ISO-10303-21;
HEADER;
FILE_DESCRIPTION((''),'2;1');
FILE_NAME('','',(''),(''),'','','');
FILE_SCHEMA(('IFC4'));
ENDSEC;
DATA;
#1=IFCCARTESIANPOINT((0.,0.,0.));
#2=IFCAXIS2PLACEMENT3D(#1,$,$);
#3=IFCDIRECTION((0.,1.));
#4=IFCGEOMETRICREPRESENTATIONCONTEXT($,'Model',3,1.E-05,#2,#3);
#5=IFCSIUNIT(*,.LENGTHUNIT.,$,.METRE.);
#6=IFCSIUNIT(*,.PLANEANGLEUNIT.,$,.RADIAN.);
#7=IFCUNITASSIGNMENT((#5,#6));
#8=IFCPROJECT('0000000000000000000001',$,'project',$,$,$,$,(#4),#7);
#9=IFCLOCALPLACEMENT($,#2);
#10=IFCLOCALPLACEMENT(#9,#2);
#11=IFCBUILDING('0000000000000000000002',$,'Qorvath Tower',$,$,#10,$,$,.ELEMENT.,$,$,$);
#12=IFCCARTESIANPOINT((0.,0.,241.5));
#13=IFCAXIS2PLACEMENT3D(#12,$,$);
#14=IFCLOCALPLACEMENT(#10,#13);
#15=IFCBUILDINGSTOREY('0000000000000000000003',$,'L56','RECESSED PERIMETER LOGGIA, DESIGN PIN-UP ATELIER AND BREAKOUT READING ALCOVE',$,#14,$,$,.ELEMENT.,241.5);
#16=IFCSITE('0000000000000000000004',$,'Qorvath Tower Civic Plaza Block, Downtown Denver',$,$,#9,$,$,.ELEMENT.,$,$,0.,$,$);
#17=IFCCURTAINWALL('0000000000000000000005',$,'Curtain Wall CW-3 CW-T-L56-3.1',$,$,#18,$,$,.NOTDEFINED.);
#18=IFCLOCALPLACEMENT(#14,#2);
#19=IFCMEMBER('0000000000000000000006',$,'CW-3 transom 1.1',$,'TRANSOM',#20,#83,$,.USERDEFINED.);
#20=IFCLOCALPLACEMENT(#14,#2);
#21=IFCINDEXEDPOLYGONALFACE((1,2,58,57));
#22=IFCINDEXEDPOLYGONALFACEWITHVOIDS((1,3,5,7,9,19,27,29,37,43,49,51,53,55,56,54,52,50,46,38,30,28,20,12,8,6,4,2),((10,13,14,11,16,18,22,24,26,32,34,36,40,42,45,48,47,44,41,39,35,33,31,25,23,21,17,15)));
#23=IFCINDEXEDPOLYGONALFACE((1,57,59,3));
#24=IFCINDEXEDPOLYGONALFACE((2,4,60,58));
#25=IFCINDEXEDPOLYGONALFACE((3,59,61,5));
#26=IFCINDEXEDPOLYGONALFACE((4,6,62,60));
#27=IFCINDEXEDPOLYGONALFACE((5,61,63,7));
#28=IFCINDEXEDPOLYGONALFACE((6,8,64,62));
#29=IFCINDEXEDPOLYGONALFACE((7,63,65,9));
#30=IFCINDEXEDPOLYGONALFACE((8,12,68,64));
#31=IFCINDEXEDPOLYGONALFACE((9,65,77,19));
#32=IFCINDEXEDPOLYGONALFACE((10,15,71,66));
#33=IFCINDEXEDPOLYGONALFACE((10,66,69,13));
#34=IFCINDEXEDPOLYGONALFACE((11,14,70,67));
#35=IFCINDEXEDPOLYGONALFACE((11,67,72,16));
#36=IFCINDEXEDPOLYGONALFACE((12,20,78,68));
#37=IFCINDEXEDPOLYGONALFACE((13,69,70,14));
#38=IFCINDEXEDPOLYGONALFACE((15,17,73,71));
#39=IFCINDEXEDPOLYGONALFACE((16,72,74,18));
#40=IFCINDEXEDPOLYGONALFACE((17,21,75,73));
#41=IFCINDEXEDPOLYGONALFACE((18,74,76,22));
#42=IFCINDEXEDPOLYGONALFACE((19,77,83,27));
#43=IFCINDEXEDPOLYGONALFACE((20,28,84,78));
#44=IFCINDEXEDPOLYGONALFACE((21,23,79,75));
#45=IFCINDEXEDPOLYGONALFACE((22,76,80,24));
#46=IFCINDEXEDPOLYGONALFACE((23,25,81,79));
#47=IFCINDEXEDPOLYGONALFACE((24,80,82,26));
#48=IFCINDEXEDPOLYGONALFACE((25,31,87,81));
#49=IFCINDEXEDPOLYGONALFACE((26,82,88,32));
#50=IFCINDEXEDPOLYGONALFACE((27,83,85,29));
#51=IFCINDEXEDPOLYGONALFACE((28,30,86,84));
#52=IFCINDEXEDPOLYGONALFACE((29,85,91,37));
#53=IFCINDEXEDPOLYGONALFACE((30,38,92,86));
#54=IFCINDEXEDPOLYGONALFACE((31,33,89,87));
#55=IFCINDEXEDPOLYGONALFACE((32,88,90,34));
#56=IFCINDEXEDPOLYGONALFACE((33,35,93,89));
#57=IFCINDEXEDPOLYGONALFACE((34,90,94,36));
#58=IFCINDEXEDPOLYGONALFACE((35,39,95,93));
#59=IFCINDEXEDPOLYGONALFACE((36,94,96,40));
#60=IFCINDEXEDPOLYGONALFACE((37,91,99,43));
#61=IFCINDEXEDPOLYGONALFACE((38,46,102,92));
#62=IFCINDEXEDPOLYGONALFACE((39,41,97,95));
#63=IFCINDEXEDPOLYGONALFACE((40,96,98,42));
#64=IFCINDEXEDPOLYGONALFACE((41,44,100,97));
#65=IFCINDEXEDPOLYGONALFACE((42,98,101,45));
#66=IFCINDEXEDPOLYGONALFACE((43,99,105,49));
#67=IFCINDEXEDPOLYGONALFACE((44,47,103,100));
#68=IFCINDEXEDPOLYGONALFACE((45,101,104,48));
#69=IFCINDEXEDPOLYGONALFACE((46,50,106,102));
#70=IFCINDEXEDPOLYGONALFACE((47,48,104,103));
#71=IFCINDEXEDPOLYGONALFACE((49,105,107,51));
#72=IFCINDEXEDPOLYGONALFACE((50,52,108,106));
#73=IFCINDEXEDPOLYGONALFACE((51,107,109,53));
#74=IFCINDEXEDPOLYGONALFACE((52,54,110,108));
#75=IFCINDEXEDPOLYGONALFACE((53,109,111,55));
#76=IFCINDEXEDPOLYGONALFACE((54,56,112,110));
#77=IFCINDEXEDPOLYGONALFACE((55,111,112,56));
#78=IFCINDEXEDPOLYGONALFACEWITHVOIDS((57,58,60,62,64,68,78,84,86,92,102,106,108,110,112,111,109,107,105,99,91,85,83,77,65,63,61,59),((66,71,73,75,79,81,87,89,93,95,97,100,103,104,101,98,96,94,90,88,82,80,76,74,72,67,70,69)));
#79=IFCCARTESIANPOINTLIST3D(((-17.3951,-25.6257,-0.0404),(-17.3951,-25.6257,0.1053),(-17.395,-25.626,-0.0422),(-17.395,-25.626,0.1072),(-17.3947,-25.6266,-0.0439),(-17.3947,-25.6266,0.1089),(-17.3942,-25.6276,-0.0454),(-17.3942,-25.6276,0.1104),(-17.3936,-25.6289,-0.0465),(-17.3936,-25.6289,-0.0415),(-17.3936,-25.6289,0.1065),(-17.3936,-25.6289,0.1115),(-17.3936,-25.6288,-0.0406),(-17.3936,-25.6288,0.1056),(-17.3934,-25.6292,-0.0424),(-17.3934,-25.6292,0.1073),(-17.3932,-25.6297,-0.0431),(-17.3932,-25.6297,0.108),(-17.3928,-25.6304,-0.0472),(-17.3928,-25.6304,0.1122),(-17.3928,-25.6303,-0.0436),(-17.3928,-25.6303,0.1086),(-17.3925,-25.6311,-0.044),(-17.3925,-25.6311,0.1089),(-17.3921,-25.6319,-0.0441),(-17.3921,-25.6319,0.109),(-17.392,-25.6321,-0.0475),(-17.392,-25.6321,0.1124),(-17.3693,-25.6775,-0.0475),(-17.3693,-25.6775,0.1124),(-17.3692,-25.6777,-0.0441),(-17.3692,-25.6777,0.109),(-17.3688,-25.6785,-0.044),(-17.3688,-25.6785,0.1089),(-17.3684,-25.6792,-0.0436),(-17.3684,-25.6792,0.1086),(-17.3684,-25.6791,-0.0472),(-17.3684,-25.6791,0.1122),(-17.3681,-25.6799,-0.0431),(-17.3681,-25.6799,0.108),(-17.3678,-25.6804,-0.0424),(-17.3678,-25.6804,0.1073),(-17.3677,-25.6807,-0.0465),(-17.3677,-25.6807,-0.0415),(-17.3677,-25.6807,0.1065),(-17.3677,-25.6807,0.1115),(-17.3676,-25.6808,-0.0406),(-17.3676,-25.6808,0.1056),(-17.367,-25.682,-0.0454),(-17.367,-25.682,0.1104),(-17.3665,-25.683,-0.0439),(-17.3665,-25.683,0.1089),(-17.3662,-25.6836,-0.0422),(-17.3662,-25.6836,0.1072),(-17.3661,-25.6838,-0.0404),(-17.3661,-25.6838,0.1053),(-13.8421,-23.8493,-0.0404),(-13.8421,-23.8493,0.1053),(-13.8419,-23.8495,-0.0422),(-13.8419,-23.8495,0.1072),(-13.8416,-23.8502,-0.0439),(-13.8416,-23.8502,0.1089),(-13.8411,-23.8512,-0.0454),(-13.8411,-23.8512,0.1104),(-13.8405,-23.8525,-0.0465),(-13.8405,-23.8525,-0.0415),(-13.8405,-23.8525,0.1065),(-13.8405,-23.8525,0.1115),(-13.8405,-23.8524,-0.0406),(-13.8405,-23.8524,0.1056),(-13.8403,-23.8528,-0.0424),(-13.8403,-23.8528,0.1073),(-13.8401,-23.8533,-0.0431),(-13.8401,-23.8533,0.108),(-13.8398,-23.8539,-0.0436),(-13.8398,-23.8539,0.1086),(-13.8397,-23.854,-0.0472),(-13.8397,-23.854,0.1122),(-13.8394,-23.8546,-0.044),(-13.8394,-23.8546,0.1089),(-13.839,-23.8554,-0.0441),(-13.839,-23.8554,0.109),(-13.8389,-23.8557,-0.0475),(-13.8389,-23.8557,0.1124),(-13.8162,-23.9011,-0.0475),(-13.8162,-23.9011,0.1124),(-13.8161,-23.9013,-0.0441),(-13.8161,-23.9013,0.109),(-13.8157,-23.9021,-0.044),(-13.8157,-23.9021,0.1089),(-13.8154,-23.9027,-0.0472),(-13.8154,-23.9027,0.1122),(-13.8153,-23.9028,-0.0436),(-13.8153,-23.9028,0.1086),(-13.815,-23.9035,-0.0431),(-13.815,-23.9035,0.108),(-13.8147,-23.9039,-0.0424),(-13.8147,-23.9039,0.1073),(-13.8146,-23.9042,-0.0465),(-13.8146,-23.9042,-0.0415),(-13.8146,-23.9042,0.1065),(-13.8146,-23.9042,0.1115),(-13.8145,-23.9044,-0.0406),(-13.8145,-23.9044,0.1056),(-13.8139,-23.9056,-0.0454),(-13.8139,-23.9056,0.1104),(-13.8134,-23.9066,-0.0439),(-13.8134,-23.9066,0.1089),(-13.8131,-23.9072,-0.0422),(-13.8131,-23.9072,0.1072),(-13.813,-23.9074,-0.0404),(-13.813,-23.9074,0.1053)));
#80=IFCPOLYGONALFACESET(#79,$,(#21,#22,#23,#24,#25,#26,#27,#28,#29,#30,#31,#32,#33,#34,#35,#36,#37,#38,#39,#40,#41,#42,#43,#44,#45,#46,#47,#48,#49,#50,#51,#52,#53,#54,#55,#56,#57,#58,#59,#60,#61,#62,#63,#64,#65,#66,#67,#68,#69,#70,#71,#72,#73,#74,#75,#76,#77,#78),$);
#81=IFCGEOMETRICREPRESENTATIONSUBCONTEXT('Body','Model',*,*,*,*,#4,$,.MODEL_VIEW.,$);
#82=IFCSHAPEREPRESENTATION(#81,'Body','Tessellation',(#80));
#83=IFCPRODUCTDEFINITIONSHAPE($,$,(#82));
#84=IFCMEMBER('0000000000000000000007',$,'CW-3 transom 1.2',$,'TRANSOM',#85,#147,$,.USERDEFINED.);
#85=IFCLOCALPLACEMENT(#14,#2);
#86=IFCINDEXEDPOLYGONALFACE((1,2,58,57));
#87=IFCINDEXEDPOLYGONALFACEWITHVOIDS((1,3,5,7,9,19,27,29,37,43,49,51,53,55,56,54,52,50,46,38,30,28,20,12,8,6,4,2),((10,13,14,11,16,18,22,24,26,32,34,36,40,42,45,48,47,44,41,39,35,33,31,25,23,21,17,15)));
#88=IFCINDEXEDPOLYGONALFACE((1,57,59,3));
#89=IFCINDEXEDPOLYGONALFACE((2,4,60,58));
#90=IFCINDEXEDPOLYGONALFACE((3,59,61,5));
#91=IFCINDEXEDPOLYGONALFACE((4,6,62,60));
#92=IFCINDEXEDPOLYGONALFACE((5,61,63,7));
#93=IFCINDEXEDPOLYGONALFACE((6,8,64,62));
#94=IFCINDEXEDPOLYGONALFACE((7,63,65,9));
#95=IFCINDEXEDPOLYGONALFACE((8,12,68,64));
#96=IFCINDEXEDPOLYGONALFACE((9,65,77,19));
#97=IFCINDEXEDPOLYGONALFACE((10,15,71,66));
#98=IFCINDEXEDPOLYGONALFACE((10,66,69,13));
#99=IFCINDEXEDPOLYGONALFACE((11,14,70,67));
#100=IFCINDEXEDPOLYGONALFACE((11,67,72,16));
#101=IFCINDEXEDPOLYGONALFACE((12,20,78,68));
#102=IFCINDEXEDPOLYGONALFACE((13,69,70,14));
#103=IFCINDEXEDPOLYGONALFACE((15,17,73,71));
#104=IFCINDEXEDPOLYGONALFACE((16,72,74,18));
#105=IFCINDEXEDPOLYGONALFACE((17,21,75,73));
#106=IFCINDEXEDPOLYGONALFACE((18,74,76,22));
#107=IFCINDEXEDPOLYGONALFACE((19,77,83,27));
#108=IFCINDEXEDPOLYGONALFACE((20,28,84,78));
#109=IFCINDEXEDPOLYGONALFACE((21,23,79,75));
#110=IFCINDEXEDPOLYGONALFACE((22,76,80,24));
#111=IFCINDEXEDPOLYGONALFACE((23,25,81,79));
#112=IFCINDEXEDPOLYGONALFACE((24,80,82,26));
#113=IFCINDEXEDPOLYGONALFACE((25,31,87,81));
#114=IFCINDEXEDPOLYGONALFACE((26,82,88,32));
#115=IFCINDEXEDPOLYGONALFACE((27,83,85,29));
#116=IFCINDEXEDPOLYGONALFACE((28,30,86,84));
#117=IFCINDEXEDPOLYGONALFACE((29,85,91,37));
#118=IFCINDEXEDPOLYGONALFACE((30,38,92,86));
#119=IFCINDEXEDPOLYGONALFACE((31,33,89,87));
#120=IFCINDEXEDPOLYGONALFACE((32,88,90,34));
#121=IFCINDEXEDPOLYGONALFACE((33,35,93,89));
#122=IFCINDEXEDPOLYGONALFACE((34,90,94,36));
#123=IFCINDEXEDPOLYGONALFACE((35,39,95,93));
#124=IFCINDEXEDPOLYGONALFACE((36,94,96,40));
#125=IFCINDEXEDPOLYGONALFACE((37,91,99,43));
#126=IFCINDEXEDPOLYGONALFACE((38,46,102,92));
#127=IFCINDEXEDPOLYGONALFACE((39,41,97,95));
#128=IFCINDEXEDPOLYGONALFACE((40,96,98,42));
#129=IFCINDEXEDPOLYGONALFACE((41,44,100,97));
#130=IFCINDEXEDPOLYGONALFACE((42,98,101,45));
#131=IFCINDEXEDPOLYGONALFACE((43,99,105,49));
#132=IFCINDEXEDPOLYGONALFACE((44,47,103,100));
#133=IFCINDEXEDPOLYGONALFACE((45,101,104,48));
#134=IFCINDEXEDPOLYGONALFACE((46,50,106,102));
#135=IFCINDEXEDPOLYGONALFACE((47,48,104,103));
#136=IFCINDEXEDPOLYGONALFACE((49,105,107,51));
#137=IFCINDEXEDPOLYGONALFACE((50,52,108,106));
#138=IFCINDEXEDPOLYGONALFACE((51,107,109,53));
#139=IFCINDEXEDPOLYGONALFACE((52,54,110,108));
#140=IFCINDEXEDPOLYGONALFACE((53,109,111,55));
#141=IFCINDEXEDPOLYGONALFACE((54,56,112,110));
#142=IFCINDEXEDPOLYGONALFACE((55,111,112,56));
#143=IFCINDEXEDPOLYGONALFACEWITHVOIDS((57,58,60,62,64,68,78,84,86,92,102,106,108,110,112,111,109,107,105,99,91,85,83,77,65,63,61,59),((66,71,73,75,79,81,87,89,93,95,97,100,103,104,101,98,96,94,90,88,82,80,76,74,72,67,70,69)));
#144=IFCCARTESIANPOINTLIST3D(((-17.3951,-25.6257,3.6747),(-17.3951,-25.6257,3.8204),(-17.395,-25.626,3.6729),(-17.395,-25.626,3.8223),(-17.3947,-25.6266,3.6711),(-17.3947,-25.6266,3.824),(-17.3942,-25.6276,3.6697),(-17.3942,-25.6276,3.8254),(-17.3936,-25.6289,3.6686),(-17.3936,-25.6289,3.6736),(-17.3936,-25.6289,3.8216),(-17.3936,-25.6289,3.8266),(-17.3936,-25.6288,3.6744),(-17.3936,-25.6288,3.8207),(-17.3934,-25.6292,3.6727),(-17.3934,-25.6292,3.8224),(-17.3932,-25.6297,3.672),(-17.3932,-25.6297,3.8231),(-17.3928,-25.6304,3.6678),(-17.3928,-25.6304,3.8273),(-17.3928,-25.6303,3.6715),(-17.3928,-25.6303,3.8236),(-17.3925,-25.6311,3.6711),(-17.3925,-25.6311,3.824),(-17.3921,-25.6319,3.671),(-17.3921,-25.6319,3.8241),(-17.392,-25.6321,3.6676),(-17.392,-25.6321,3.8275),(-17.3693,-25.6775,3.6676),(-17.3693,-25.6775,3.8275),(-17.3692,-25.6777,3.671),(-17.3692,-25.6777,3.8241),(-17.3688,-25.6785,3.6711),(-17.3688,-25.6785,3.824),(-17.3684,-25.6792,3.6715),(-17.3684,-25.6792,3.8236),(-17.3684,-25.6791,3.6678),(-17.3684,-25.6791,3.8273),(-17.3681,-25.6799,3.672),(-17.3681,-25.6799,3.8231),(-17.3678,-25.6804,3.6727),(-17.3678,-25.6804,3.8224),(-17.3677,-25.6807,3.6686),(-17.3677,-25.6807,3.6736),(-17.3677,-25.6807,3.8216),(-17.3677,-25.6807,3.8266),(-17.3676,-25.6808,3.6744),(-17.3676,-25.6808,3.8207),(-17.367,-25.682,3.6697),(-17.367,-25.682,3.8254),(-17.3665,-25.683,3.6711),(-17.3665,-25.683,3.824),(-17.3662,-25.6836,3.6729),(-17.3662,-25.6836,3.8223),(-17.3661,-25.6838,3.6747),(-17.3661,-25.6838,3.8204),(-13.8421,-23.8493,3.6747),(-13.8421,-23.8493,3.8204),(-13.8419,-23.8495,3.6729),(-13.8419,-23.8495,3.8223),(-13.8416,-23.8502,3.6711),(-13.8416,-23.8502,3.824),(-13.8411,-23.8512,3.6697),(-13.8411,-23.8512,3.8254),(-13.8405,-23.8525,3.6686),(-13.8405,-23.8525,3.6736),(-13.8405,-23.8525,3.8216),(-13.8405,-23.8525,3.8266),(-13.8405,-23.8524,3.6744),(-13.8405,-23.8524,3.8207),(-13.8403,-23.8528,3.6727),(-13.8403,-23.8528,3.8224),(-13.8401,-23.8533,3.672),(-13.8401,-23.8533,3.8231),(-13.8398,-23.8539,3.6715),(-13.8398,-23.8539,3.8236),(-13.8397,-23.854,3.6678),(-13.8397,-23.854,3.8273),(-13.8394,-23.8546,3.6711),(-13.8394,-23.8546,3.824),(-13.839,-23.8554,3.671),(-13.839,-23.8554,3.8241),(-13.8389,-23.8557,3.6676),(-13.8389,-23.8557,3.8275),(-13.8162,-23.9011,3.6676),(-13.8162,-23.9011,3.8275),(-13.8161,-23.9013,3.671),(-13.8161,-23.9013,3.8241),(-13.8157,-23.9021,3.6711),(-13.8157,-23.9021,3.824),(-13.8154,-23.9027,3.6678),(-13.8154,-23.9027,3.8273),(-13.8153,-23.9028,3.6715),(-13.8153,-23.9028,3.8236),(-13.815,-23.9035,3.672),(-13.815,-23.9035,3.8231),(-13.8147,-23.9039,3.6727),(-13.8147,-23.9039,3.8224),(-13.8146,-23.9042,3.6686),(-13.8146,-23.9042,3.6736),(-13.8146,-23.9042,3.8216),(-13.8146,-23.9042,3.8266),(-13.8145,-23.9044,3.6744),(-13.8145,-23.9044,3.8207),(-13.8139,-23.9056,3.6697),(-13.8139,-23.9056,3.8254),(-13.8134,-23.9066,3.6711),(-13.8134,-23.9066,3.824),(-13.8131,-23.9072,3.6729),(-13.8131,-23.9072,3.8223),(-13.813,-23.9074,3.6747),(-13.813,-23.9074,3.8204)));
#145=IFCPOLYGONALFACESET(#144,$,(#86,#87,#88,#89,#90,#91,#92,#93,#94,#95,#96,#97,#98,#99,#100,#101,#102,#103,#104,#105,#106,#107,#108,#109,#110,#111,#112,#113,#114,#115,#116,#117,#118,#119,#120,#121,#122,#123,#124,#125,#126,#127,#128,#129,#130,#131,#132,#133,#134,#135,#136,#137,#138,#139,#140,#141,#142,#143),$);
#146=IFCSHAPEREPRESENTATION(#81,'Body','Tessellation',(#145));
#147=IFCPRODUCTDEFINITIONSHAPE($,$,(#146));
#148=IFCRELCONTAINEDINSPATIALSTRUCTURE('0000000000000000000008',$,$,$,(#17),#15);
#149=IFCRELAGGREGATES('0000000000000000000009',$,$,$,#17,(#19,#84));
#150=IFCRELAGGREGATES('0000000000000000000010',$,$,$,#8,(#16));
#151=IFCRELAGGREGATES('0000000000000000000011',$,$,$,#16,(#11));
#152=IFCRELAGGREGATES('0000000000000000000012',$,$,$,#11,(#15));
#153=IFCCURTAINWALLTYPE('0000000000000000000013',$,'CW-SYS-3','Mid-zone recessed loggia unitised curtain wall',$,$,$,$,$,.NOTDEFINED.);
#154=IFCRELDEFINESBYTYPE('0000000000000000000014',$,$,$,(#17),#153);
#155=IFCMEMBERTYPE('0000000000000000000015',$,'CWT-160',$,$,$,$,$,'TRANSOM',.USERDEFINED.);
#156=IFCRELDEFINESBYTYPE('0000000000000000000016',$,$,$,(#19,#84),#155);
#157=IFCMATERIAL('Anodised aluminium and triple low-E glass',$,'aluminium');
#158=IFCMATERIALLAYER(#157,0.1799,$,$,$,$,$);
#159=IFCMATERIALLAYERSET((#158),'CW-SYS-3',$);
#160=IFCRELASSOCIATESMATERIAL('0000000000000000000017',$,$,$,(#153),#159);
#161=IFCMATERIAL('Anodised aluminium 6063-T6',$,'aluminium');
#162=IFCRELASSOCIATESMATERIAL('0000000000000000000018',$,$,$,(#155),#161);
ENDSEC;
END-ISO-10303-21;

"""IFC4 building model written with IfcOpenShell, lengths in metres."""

from ifc_helpers import new_model, si_unit, direction, frame, origin, origin_2d, place, context, subcontext, project, spatial, hollow_rectangle, extrude, material, layer, layer_set, material_profile, profile_set, type_object, element, aggregate, save


model = new_model("IFC4")

# Units and contexts
model_context = context("Model", 3, precision=1e-05, world=origin(), true_north=direction((0.0, 1.0)))
body_context = subcontext(model_context, "Body", "Model", "MODEL_VIEW")
ifc_project = project(units=[si_unit("LENGTHUNIT", "METRE"), si_unit("PLANEANGLEUNIT", "RADIAN")], contexts=[model_context])

# Site, building, storey
site_placement = place(None, origin())
site = spatial("IfcSite", under=ifc_project, at=site_placement, Name="Qorvath Tower Civic Plaza Block, Downtown Denver", CompositionType="ELEMENT", RefElevation=0.0)
building_placement = place(site_placement, origin())
building = spatial("IfcBuilding", under=site, at=building_placement, Name="Qorvath Tower", CompositionType="ELEMENT")
storey_placement = place(building_placement, frame((0.0, 0.0, 241.5)))
storey = spatial("IfcBuildingStorey", under=building, at=storey_placement, Name="L56", Description="RECESSED PERIMETER LOGGIA, DESIGN PIN-UP ATELIER AND BREAKOUT READING ALCOVE", CompositionType="ELEMENT", Elevation=241.5)

# Shared definitions
ifc_material_1 = material(Name="Anodised aluminium and triple low-E glass", Category="aluminium")
ifc_layer_1 = layer(ifc_material_1, 0.1799)
ifc_layer_set_1 = layer_set([ifc_layer_1], Name="CW-SYS-3")
curtain_wall_type = type_object("IfcCurtainWallType", Name="CW-SYS-3", Description="Mid-zone recessed loggia unitised curtain wall", PredefinedType="NOTDEFINED", material=ifc_layer_set_1)

# Curtain wall
curtain_wall_1_placement = place(storey_placement, origin())
curtain_wall_1 = element("IfcCurtainWall", 1, at=curtain_wall_1_placement, inside=storey, type_object=curtain_wall_type, Name="Curtain Wall CW-3 CW-T-L56-3.1", PredefinedType="NOTDEFINED")

# Members
ifc_material_2 = material(Name="Anodised aluminium 6063-T6", Category="aluminium")
ifc_material_profile_1 = material_profile(ifc_material_2, hollow_rectangle(XDim=0.0649, YDim=0.1599, WallThickness=0.0034, InnerFilletRadius=0.0034, OuterFilletRadius=0.0071, at=origin_2d()), Name="CWT 160x65")
ifc_profile_set_1 = profile_set([ifc_material_profile_1], Name="Anodised aluminium 6063-T6")
member_type_1 = type_object("IfcMemberType", Name="CWT-160", ElementType="TRANSOM", PredefinedType="USERDEFINED", material=ifc_profile_set_1)
member_1_placement = place(storey_placement, frame((-17.3806, -25.6548, 0.0325), z_axis=(0.894439, 0.447189, 0.0), x_axis=(-0.447189, 0.894439, 0.0)))
member_1 = element("IfcMember", 2, at=member_1_placement, type_object=member_type_1, Name="CW-3 transom 1.1", ObjectType="TRANSOM", PredefinedType="USERDEFINED", context=body_context, shape_type="SweptSolid", body=[
    extrude(hollow_rectangle(XDim=0.0649, YDim=0.1599, WallThickness=0.0034, InnerFilletRadius=0.0034, OuterFilletRadius=0.0071, at=origin_2d()), origin(), (0.0, 0.0, 1.0), 3.9724),
])
member_2_placement = place(storey_placement, frame((-17.3806, -25.6548, 3.7476), z_axis=(0.894439, 0.447189, 0.0), x_axis=(-0.447189, 0.894439, 0.0)))
member_2 = element("IfcMember", 3, at=member_2_placement, type_object=member_type_1, Name="CW-3 transom 1.2", ObjectType="TRANSOM", PredefinedType="USERDEFINED", context=body_context, shape_type="SweptSolid", body=[
    extrude(hollow_rectangle(XDim=0.0649, YDim=0.1599, WallThickness=0.0034, InnerFilletRadius=0.0034, OuterFilletRadius=0.0071, at=origin_2d()), origin(), (0.0, 0.0, 1.0), 3.9724),
])

aggregate(curtain_wall_1, [member_1, member_2])

save(model, "model.ifc")
